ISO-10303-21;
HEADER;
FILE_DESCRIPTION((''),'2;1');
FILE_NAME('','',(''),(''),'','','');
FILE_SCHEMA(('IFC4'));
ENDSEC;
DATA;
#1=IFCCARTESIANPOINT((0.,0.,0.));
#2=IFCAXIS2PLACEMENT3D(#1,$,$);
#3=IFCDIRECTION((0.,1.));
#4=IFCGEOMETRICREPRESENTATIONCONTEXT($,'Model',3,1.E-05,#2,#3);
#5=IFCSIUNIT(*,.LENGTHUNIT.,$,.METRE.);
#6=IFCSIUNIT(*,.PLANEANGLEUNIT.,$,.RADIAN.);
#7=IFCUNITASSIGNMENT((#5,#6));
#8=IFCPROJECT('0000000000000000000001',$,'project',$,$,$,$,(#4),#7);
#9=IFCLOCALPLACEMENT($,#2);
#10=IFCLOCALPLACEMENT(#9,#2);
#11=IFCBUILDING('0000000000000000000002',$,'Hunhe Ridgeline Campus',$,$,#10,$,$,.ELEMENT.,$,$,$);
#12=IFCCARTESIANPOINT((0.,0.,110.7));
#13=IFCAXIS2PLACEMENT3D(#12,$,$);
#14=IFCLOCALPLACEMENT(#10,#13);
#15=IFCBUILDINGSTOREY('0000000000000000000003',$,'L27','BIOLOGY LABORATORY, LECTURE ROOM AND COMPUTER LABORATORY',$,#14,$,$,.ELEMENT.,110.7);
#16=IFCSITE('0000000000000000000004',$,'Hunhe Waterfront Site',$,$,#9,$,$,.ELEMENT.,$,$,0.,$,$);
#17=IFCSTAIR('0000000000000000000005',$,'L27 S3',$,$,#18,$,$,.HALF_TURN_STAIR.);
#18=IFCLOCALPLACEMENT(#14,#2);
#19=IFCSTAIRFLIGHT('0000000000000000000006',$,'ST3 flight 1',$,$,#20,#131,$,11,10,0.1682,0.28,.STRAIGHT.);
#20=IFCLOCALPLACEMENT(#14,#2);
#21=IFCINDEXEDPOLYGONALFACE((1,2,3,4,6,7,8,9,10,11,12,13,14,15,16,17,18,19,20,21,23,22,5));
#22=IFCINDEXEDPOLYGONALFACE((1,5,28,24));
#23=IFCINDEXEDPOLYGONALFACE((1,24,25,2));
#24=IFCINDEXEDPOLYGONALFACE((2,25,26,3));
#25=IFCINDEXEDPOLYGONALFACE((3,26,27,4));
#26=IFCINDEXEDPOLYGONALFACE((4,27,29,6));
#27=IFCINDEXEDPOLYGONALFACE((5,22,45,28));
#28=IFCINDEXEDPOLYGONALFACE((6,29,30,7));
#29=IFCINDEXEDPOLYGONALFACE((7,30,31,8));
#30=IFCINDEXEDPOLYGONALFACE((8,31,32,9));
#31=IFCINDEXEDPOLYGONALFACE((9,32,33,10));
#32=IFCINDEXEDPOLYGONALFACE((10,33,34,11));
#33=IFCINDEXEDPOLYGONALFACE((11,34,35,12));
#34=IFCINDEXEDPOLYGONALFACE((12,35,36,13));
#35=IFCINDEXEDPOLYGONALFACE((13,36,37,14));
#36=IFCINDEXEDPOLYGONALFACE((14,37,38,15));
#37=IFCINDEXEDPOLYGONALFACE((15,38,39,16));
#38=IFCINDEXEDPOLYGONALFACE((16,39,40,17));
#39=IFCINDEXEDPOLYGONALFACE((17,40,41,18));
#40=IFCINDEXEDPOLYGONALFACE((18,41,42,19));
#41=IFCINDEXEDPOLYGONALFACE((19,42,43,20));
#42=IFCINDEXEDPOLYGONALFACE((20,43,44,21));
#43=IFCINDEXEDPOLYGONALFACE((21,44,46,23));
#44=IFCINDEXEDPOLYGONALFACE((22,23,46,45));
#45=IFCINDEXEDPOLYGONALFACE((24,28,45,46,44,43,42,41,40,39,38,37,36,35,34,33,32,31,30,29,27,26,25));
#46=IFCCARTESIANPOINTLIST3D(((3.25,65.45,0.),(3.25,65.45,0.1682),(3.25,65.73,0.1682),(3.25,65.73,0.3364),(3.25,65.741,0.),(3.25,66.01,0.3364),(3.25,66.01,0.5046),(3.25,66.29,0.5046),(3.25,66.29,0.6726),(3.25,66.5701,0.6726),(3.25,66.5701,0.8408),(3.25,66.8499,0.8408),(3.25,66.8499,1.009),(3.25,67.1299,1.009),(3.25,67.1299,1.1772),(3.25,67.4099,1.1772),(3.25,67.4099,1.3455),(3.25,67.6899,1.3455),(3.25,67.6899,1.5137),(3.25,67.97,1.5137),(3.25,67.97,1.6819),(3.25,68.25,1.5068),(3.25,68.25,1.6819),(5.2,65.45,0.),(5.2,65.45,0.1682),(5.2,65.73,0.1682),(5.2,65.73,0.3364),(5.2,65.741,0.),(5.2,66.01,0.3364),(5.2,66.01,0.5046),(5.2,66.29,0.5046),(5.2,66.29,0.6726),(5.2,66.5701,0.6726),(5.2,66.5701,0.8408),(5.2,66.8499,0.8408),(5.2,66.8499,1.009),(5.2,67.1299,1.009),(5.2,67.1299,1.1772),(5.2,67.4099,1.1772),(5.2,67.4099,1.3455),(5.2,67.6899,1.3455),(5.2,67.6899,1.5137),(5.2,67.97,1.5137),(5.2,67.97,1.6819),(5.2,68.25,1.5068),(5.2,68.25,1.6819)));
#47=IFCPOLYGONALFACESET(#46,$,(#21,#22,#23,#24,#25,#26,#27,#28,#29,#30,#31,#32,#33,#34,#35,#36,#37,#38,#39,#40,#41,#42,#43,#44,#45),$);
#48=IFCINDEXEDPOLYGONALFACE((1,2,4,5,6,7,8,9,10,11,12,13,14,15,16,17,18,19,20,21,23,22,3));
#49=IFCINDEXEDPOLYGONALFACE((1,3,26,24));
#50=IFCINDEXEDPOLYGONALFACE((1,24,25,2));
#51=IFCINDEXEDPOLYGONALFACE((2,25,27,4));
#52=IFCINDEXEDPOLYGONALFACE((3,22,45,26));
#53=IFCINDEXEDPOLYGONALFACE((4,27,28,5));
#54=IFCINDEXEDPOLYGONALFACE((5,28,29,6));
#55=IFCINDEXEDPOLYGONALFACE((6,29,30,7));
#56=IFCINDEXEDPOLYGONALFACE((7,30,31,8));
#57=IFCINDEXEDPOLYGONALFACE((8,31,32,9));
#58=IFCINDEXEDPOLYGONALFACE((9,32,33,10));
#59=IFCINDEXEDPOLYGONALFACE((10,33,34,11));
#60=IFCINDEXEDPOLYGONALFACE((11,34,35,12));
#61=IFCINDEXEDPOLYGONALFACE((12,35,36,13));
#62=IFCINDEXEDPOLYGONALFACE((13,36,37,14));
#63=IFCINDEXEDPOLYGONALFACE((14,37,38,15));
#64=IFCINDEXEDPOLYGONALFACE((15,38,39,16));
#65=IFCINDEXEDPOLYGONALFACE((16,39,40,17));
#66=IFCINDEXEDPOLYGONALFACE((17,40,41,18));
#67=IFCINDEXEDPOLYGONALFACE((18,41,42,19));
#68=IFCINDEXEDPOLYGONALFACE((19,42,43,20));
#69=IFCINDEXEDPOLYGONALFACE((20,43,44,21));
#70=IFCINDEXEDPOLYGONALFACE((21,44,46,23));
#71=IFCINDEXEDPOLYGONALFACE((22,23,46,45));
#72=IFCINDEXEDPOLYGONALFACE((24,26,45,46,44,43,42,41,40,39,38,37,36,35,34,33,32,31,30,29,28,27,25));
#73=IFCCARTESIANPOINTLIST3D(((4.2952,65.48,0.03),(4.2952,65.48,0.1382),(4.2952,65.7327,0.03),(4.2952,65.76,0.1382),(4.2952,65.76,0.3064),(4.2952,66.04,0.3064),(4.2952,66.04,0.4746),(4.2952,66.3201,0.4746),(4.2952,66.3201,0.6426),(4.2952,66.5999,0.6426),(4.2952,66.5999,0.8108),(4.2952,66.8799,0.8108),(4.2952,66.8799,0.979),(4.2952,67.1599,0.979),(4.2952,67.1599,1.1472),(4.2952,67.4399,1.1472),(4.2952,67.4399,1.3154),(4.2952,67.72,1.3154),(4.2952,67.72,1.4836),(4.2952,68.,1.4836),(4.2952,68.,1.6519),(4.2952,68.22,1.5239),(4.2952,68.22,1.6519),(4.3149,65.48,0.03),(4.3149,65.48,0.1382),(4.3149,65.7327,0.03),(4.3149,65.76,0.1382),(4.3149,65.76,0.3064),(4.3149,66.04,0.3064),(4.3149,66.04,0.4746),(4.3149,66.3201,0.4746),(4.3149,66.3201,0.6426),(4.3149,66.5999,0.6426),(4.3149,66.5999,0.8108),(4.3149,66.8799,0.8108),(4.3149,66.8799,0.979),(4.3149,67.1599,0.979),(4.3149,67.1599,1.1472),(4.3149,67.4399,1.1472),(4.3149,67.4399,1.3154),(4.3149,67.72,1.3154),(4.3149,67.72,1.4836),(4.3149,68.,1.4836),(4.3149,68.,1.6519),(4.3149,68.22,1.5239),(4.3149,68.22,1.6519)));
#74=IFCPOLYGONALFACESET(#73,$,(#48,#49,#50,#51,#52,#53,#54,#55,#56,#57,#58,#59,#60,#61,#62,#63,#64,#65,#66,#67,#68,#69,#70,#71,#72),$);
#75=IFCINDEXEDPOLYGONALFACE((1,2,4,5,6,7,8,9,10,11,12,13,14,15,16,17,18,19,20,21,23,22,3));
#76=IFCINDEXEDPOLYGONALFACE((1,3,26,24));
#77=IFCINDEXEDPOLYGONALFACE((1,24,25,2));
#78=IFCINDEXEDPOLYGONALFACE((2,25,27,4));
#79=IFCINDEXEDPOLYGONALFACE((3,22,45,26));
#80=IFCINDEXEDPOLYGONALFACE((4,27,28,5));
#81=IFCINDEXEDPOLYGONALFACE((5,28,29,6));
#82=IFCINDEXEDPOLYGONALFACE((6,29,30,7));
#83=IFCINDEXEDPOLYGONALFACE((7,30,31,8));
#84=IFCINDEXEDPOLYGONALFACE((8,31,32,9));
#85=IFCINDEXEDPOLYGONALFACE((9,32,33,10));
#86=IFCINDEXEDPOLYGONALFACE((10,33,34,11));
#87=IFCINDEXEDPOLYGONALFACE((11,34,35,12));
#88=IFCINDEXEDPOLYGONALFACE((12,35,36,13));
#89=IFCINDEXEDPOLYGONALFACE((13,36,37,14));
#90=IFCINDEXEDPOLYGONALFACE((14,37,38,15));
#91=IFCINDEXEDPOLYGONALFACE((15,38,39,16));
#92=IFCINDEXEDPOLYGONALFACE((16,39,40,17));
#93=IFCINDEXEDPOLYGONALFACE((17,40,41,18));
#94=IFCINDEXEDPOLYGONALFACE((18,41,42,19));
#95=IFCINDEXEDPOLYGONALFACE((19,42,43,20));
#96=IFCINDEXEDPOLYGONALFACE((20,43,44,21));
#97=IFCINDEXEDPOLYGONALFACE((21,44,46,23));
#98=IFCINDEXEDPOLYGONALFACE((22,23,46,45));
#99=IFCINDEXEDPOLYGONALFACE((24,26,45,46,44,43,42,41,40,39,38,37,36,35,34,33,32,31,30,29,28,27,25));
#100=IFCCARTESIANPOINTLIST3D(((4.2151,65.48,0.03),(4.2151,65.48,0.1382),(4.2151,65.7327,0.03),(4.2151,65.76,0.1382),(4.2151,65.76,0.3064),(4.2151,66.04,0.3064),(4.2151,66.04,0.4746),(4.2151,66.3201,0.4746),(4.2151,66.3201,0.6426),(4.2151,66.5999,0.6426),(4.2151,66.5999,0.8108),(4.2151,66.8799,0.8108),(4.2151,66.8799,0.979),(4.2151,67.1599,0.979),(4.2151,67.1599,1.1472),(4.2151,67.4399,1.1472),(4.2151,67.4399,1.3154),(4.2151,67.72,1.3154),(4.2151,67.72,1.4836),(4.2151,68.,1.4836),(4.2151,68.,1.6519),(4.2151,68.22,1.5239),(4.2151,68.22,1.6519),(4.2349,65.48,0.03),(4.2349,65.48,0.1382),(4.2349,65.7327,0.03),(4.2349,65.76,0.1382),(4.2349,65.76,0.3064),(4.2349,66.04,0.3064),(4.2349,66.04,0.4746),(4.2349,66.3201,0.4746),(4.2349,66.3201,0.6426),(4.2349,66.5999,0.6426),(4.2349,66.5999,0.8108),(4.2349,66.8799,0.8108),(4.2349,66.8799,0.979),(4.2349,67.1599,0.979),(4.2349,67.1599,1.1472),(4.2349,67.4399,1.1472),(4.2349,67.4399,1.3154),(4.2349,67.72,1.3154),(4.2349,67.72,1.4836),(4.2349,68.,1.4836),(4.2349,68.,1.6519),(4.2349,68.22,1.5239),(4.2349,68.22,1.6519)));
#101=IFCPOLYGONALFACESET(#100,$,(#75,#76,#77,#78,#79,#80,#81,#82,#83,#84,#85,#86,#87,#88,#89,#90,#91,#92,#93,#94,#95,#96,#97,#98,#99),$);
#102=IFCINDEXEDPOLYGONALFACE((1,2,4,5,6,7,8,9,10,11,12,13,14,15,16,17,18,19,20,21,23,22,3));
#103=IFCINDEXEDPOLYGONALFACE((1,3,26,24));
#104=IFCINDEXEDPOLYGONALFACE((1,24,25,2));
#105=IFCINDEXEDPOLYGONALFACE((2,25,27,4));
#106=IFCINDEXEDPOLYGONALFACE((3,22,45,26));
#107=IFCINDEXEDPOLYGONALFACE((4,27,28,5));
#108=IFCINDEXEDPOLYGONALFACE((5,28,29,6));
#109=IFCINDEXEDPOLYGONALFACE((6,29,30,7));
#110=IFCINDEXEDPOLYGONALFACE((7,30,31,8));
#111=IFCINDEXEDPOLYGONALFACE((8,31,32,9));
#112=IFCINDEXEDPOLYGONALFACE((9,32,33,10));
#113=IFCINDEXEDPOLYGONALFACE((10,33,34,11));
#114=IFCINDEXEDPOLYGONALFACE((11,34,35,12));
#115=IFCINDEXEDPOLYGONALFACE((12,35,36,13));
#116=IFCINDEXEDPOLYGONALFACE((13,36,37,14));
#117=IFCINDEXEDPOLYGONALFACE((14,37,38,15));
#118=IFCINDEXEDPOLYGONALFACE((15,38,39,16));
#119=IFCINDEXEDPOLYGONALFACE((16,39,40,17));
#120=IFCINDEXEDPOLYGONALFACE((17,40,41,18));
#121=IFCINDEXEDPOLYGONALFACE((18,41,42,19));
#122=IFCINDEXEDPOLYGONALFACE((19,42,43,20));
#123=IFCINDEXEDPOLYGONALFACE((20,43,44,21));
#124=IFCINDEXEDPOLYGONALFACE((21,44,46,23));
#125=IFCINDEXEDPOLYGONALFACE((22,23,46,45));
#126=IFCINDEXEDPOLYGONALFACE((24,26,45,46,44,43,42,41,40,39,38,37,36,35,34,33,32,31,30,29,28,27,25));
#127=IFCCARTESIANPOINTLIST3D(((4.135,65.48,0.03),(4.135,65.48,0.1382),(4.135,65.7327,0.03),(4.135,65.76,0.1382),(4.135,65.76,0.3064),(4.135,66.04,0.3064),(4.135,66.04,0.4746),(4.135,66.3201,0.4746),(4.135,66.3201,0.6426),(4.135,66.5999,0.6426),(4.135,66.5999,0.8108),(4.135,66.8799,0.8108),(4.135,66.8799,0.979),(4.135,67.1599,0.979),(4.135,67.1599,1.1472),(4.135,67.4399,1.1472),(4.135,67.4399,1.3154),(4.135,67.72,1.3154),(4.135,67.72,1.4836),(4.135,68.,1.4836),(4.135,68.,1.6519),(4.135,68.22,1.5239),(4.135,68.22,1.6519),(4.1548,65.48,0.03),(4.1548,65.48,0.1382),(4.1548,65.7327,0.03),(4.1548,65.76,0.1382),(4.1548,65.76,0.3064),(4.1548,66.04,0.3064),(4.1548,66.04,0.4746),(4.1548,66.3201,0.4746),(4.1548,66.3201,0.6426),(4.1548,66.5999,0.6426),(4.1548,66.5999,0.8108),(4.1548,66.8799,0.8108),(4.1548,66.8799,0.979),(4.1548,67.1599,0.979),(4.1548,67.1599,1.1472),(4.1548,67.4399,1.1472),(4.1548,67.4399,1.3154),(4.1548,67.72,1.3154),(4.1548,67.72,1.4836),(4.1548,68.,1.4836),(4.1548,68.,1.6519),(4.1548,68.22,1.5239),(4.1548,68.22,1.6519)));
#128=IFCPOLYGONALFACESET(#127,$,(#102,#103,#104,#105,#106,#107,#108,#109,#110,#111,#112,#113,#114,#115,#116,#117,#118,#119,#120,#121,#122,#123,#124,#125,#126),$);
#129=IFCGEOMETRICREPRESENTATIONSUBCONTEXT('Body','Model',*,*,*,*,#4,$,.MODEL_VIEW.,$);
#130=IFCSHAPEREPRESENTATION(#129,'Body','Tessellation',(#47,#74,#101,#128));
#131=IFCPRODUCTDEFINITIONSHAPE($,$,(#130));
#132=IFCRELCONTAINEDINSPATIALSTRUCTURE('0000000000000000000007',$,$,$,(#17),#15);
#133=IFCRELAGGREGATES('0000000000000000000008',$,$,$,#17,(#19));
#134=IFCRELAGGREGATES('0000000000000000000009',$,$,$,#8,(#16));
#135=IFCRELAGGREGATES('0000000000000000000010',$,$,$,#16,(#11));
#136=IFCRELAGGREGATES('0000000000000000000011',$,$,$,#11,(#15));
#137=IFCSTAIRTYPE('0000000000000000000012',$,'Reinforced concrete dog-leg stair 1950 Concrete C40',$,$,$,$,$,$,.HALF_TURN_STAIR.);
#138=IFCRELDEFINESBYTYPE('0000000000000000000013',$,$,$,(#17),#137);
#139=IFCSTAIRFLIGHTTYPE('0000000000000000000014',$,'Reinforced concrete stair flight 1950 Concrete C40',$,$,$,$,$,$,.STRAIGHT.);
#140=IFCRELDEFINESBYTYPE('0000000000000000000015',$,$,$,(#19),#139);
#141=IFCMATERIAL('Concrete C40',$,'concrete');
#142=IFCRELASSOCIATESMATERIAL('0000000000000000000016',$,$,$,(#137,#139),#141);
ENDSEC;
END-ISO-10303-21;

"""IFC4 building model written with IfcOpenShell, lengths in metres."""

from ifc_helpers import new_model, si_unit, direction, frame, origin, place, context, subcontext, project, spatial, polyline, outline, extrude, material, type_object, element, aggregate, save


model = new_model("IFC4")

# Units and contexts
model_context = context("Model", 3, precision=1e-05, world=origin(), true_north=direction((0.0, 1.0)))
body_context = subcontext(model_context, "Body", "Model", "MODEL_VIEW")
ifc_project = project(units=[si_unit("LENGTHUNIT", "METRE"), si_unit("PLANEANGLEUNIT", "RADIAN")], contexts=[model_context])

# Site, building, storey
site_placement = place(None, origin())
site = spatial("IfcSite", under=ifc_project, at=site_placement, Name="Hunhe Waterfront Site", CompositionType="ELEMENT", RefElevation=0.0)
building_placement = place(site_placement, origin())
building = spatial("IfcBuilding", under=site, at=building_placement, Name="Hunhe Ridgeline Campus", CompositionType="ELEMENT")
storey_placement = place(building_placement, frame((0.0, 0.0, 110.7)))
storey = spatial("IfcBuildingStorey", under=building, at=storey_placement, Name="L27", Description="BIOLOGY LABORATORY, LECTURE ROOM AND COMPUTER LABORATORY", CompositionType="ELEMENT", Elevation=110.7)

# Stair, stair flight
ifc_material_1 = material(Name="Concrete C40", Category="concrete")
stair_type = type_object("IfcStairType", Name="Reinforced concrete dog-leg stair 1950 Concrete C40", PredefinedType="HALF_TURN_STAIR", material=ifc_material_1)
stair_1_placement = place(storey_placement, origin())
stair_1 = element("IfcStair", 1, at=stair_1_placement, inside=storey, type_object=stair_type, Name="L27 S3", PredefinedType="HALF_TURN_STAIR")
stair_flight_type = type_object("IfcStairFlightType", Name="Reinforced concrete stair flight 1950 Concrete C40", PredefinedType="STRAIGHT", material=ifc_material_1)
stair_flight_1_placement = place(storey_placement, frame((4.2251, 65.45, 0.0), z_axis=(0.0, 0.0, 1.0), x_axis=(0.0, 1.0, 0.0)))
stair_flight_1 = element("IfcStairFlight", 2, at=stair_flight_1_placement, type_object=stair_flight_type, Name="ST3 flight 1", NumberOfRisers=11, NumberOfTreads=10, PredefinedType="STRAIGHT", RiserHeight=0.1682, TreadLength=0.28, context=body_context, shape_type="SweptSolid", body=[
    extrude(outline(polyline([(0.0, 0.0), (0.0, 0.1682), (0.28, 0.1682), (0.28, 0.3364), (0.5601, 0.3364), (0.5601, 0.5046), (0.8401, 0.5046), (0.8401, 0.6726), (1.1201, 0.6726), (1.1201, 0.8408), (1.3999, 0.8408), (1.3999, 1.009), (1.6799, 1.009), (1.6799, 1.1772), (1.96, 1.1772), (1.96, 1.3455), (2.24, 1.3455), (2.24, 1.5137), (2.52, 1.5137), (2.52, 1.6819), (2.8, 1.6819), (2.8, 1.8501), (2.8, 1.5068), (0.291, 0.0), (0.0, 0.0)])), frame((0.0, 0.9751, 0.0), z_axis=(0.0, -1.0, 0.0), x_axis=(1.0, 0.0, 0.0)), (0.0, 0.0, 1.0), 1.95),
    extrude(outline(polyline([(0.03, 0.03), (0.03, 0.1382), (0.3101, 0.1382), (0.3101, 0.3064), (0.5901, 0.3064), (0.5901, 0.4746), (0.8701, 0.4746), (0.8701, 0.6426), (1.1499, 0.6426), (1.1499, 0.8108), (1.4299, 0.8108), (1.4299, 0.979), (1.71, 0.979), (1.71, 1.1472), (1.99, 1.1472), (1.99, 1.3154), (2.27, 1.3154), (2.27, 1.4836), (2.55, 1.4836), (2.55, 1.6519), (2.77, 1.6519), (2.77, 1.5239), (0.2827, 0.03), (0.03, 0.03)])), frame((0.0, -0.0701, 0.0), z_axis=(0.0, -1.0, 0.0), x_axis=(1.0, 0.0, 0.0)), (0.0, 0.0, 1.0), 0.0198),
    extrude(outline(polyline([(0.03, 0.03), (0.03, 0.1382), (0.3101, 0.1382), (0.3101, 0.3064), (0.5901, 0.3064), (0.5901, 0.4746), (0.8701, 0.4746), (0.8701, 0.6426), (1.1499, 0.6426), (1.1499, 0.8108), (1.4299, 0.8108), (1.4299, 0.979), (1.71, 0.979), (1.71, 1.1472), (1.99, 1.1472), (1.99, 1.3154), (2.27, 1.3154), (2.27, 1.4836), (2.55, 1.4836), (2.55, 1.6519), (2.77, 1.6519), (2.77, 1.5239), (0.2827, 0.03), (0.03, 0.03)])), frame((0.0, 0.01, 0.0), z_axis=(0.0, -1.0, 0.0), x_axis=(1.0, 0.0, 0.0)), (0.0, 0.0, 1.0), 0.0198),
    extrude(outline(polyline([(0.03, 0.03), (0.03, 0.1382), (0.3101, 0.1382), (0.3101, 0.3064), (0.5901, 0.3064), (0.5901, 0.4746), (0.8701, 0.4746), (0.8701, 0.6426), (1.1499, 0.6426), (1.1499, 0.8108), (1.4299, 0.8108), (1.4299, 0.979), (1.71, 0.979), (1.71, 1.1472), (1.99, 1.1472), (1.99, 1.3154), (2.27, 1.3154), (2.27, 1.4836), (2.55, 1.4836), (2.55, 1.6519), (2.77, 1.6519), (2.77, 1.5239), (0.2827, 0.03), (0.03, 0.03)])), frame((0.0, 0.0901, 0.0), z_axis=(0.0, -1.0, 0.0), x_axis=(1.0, 0.0, 0.0)), (0.0, 0.0, 1.0), 0.0198),
])
aggregate(stair_1, [stair_flight_1])

save(model, "model.ifc")
